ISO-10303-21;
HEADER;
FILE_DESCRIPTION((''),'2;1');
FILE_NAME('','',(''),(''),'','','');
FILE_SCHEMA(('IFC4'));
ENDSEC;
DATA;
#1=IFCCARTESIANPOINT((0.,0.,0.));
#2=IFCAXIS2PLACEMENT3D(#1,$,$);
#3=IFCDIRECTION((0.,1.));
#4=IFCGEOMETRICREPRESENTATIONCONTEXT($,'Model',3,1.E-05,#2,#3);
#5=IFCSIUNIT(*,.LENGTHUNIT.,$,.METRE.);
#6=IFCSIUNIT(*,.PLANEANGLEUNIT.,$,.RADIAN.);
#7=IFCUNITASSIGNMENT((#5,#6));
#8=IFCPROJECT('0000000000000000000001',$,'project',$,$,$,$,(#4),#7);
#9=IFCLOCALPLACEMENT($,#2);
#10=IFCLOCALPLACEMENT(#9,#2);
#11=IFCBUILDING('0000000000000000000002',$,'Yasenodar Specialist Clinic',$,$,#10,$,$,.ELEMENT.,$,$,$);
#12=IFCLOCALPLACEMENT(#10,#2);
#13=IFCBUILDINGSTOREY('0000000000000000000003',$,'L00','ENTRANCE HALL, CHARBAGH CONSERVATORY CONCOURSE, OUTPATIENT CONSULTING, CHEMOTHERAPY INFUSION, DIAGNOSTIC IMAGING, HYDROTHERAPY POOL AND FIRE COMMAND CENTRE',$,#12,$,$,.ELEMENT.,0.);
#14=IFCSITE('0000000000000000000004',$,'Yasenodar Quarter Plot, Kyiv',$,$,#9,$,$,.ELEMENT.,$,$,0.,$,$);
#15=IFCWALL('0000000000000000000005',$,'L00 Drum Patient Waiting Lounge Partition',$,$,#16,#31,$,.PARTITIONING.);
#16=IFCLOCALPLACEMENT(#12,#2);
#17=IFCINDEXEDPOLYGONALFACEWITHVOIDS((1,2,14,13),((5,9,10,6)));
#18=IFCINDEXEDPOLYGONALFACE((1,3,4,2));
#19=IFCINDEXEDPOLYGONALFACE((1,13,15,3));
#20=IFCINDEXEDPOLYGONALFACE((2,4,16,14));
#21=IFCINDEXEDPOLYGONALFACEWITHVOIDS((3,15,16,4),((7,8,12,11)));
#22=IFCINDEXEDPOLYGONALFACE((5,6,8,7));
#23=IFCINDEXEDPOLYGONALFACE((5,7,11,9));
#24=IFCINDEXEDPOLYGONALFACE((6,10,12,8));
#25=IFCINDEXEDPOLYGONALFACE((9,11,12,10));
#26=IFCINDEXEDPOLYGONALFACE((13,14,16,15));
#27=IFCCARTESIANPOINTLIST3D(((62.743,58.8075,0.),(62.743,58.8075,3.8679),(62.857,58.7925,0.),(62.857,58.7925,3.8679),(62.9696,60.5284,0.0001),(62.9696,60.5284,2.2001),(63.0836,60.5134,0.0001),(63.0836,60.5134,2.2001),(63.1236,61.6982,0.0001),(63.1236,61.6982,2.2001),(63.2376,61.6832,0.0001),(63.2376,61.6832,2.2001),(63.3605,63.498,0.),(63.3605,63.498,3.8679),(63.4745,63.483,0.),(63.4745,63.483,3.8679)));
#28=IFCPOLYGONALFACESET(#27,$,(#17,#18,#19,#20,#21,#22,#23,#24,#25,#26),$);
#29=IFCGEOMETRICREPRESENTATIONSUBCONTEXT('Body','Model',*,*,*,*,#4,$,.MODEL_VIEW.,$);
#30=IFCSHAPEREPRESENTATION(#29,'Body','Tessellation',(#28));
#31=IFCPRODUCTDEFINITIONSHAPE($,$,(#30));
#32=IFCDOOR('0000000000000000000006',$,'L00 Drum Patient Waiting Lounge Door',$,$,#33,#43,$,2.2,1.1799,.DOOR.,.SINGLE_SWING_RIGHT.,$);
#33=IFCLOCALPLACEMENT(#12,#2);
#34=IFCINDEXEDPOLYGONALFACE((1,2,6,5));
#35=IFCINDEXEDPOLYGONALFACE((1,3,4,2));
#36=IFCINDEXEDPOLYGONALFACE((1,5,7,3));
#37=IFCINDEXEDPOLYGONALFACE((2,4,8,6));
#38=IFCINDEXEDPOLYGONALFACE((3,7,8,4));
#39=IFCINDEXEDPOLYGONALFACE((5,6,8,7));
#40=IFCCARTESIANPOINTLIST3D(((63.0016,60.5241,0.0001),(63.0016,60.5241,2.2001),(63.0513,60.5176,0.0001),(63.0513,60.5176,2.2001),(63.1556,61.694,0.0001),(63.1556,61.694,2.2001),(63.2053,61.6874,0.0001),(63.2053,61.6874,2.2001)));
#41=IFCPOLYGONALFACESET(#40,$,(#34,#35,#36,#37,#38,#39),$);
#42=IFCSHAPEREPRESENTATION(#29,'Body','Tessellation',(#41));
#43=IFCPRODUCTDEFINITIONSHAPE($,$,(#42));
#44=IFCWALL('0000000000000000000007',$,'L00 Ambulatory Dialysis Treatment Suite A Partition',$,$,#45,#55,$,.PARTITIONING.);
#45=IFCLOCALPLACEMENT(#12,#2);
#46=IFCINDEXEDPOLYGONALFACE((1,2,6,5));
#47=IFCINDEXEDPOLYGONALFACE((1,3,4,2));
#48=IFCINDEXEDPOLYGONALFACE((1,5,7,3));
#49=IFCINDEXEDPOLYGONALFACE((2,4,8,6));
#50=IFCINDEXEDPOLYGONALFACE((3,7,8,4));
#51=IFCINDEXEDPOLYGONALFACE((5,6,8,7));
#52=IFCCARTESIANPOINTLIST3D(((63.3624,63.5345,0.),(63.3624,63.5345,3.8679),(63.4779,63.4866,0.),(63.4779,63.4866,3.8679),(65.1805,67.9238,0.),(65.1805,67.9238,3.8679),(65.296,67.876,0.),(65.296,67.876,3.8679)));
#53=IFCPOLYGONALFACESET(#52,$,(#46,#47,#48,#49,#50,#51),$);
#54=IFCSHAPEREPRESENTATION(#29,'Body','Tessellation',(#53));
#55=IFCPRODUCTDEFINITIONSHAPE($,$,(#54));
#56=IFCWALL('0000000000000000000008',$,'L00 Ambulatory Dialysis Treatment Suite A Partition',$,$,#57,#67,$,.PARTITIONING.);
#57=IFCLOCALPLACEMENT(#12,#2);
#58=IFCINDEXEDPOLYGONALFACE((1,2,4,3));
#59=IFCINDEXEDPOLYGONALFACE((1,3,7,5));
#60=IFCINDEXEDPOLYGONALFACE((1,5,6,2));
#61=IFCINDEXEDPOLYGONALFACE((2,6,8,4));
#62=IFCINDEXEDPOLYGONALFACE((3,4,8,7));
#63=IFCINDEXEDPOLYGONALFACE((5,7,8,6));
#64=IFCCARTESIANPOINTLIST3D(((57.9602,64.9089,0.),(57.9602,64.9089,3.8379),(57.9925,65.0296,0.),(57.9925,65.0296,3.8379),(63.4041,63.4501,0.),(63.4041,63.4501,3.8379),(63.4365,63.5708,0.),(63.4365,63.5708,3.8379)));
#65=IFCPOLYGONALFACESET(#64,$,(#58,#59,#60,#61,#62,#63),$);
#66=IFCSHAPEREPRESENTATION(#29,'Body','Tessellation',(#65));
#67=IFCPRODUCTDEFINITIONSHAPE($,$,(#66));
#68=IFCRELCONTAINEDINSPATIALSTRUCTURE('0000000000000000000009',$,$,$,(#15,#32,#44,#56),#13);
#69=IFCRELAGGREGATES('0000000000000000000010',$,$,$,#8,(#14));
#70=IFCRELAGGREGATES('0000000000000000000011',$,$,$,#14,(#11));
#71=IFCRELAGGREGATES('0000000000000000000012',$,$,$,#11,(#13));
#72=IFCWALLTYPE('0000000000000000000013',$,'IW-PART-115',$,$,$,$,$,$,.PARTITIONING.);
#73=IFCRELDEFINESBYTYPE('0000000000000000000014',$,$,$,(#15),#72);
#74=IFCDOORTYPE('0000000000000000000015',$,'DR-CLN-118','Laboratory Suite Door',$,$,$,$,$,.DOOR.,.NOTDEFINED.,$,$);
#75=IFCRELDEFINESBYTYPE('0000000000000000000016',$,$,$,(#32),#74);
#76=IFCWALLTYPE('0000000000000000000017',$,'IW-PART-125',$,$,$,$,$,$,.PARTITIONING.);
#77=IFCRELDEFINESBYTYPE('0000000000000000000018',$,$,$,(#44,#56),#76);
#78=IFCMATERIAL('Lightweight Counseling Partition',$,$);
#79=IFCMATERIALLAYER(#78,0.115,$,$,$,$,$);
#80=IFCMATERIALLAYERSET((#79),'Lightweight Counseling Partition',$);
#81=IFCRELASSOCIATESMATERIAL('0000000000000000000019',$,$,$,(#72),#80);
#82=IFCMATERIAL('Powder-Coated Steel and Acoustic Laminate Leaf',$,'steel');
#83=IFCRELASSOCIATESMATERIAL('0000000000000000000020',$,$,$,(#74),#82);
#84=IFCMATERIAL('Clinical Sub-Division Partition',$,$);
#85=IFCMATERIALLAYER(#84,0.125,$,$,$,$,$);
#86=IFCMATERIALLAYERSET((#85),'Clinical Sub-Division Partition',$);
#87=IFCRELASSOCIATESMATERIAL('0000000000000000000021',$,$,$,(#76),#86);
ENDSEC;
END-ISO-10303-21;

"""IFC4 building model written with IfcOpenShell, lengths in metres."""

from ifc_helpers import new_model, si_unit, direction, frame, frame_2d, origin, place, context, subcontext, project, spatial, rectangle, extrude, material, layer, layer_set, type_object, element, fill, save


model = new_model("IFC4")

# Units and contexts
model_context = context("Model", 3, precision=1e-05, world=origin(), true_north=direction((0.0, 1.0)))
body_context = subcontext(model_context, "Body", "Model", "MODEL_VIEW")
ifc_project = project(units=[si_unit("LENGTHUNIT", "METRE"), si_unit("PLANEANGLEUNIT", "RADIAN")], contexts=[model_context])

# Site, building, storey
site_placement = place(None, origin())
site = spatial("IfcSite", under=ifc_project, at=site_placement, Name="Yasenodar Quarter Plot, Kyiv", CompositionType="ELEMENT", RefElevation=0.0)
building_placement = place(site_placement, origin())
building = spatial("IfcBuilding", under=site, at=building_placement, Name="Yasenodar Specialist Clinic", CompositionType="ELEMENT")
storey_placement = place(building_placement, origin())
storey = spatial("IfcBuildingStorey", under=building, at=storey_placement, Name="L00", Description="ENTRANCE HALL, CHARBAGH CONSERVATORY CONCOURSE, OUTPATIENT CONSULTING, CHEMOTHERAPY INFUSION, DIAGNOSTIC IMAGING, HYDROTHERAPY POOL AND FIRE COMMAND CENTRE", CompositionType="ELEMENT", Elevation=0.0)

# Wall, opening, door
ifc_material_1 = material(Name="Lightweight Counseling Partition")
ifc_layer_1 = layer(ifc_material_1, 0.115)
ifc_layer_set_1 = layer_set([ifc_layer_1], Name="Lightweight Counseling Partition")
wall_type_1 = type_object("IfcWallType", Name="IW-PART-115", PredefinedType="PARTITIONING", material=ifc_layer_set_1)
wall_1_placement = place(storey_placement, frame((63.4175, 63.4905, 0.0), z_axis=(0.0, 0.0, 1.0), x_axis=(-0.130511, -0.991447, 0.0)))
wall_1 = element("IfcWall", 1, at=wall_1_placement, inside=storey, type_object=wall_type_1, Name="L00 Drum Patient Waiting Lounge Partition", PredefinedType="PARTITIONING", context=body_context, shape_type="SweptSolid", body=[
    extrude(rectangle(XDim=4.731, YDim=0.115, at=frame_2d((2.3655, 0.0))), origin(), (0.0, 0.0, 1.0), 3.8679),
])
opening_placement = place(wall_1_placement, frame((1.8154, 0.0, 0.0)))
opening = element("IfcOpeningElement", 2, at=opening_placement, cuts=wall_1, PredefinedType="OPENING", context=body_context, shape_type="SweptSolid", body=[
    extrude(rectangle(XDim=1.1799, YDim=2.2, at=frame_2d((0.5898, 1.1001))), frame((0.0, 0.0674, 0.0), z_axis=(0.0, -1.0, 0.0), x_axis=(1.0, 0.0, 0.0)), (0.0, 0.0, 1.0), 0.135),
])
ifc_material_2 = material(Name="Powder-Coated Steel and Acoustic Laminate Leaf", Category="steel")
door_type = type_object("IfcDoorType", Name="DR-CLN-118", Description="Laboratory Suite Door", OperationType="NOTDEFINED", PredefinedType="DOOR", material=ifc_material_2)
door_placement = place(opening_placement, origin())
door = element("IfcDoor", 3, at=door_placement, inside=storey, type_object=door_type, Name="L00 Drum Patient Waiting Lounge Door", OperationType="SINGLE_SWING_RIGHT", OverallHeight=2.2, OverallWidth=1.1799, PredefinedType="DOOR", context=body_context, shape_type="SweptSolid", body=[
    extrude(rectangle(XDim=1.1799, YDim=2.2, at=frame_2d((0.5898, 1.1001))), frame((0.0, 0.0249, 0.0), z_axis=(0.0, -1.0, 0.0), x_axis=(1.0, 0.0, 0.0)), (0.0, 0.0, 1.0), 0.05),
])
fill(opening, door)

# Walls
ifc_material_3 = material(Name="Clinical Sub-Division Partition")
ifc_layer_2 = layer(ifc_material_3, 0.125)
ifc_layer_set_2 = layer_set([ifc_layer_2], Name="Clinical Sub-Division Partition")
wall_type_2 = type_object("IfcWallType", Name="IW-PART-125", PredefinedType="PARTITIONING", material=ifc_layer_set_2)
wall_2_placement = place(storey_placement, frame((65.2383, 67.8999, 0.0), z_axis=(0.0, 0.0, 1.0), x_axis=(-0.382677, -0.923882, 0.0)))
element("IfcWall", 4, at=wall_2_placement, inside=storey, type_object=wall_type_2, Name="L00 Ambulatory Dialysis Treatment Suite A Partition", PredefinedType="PARTITIONING", context=body_context, shape_type="SweptSolid", body=[
    extrude(rectangle(XDim=4.751, YDim=0.125, at=frame_2d((2.3755, 0.0))), origin(), (0.0, 0.0, 1.0), 3.8679),
])
wall_3_placement = place(storey_placement, frame((63.4202, 63.5105, 0.0), z_axis=(0.0, 0.0, 1.0), x_axis=(-0.965923, 0.25883, 0.0)))
element("IfcWall", 5, at=wall_3_placement, inside=storey, type_object=wall_type_2, Name="L00 Ambulatory Dialysis Treatment Suite A Partition", PredefinedType="PARTITIONING", context=body_context, shape_type="SweptSolid", body=[
    extrude(rectangle(XDim=5.636, YDim=0.125, at=frame_2d((2.8179, 0.0))), origin(), (0.0, 0.0, 1.0), 3.8379),
])

save(model, "model.ifc")
